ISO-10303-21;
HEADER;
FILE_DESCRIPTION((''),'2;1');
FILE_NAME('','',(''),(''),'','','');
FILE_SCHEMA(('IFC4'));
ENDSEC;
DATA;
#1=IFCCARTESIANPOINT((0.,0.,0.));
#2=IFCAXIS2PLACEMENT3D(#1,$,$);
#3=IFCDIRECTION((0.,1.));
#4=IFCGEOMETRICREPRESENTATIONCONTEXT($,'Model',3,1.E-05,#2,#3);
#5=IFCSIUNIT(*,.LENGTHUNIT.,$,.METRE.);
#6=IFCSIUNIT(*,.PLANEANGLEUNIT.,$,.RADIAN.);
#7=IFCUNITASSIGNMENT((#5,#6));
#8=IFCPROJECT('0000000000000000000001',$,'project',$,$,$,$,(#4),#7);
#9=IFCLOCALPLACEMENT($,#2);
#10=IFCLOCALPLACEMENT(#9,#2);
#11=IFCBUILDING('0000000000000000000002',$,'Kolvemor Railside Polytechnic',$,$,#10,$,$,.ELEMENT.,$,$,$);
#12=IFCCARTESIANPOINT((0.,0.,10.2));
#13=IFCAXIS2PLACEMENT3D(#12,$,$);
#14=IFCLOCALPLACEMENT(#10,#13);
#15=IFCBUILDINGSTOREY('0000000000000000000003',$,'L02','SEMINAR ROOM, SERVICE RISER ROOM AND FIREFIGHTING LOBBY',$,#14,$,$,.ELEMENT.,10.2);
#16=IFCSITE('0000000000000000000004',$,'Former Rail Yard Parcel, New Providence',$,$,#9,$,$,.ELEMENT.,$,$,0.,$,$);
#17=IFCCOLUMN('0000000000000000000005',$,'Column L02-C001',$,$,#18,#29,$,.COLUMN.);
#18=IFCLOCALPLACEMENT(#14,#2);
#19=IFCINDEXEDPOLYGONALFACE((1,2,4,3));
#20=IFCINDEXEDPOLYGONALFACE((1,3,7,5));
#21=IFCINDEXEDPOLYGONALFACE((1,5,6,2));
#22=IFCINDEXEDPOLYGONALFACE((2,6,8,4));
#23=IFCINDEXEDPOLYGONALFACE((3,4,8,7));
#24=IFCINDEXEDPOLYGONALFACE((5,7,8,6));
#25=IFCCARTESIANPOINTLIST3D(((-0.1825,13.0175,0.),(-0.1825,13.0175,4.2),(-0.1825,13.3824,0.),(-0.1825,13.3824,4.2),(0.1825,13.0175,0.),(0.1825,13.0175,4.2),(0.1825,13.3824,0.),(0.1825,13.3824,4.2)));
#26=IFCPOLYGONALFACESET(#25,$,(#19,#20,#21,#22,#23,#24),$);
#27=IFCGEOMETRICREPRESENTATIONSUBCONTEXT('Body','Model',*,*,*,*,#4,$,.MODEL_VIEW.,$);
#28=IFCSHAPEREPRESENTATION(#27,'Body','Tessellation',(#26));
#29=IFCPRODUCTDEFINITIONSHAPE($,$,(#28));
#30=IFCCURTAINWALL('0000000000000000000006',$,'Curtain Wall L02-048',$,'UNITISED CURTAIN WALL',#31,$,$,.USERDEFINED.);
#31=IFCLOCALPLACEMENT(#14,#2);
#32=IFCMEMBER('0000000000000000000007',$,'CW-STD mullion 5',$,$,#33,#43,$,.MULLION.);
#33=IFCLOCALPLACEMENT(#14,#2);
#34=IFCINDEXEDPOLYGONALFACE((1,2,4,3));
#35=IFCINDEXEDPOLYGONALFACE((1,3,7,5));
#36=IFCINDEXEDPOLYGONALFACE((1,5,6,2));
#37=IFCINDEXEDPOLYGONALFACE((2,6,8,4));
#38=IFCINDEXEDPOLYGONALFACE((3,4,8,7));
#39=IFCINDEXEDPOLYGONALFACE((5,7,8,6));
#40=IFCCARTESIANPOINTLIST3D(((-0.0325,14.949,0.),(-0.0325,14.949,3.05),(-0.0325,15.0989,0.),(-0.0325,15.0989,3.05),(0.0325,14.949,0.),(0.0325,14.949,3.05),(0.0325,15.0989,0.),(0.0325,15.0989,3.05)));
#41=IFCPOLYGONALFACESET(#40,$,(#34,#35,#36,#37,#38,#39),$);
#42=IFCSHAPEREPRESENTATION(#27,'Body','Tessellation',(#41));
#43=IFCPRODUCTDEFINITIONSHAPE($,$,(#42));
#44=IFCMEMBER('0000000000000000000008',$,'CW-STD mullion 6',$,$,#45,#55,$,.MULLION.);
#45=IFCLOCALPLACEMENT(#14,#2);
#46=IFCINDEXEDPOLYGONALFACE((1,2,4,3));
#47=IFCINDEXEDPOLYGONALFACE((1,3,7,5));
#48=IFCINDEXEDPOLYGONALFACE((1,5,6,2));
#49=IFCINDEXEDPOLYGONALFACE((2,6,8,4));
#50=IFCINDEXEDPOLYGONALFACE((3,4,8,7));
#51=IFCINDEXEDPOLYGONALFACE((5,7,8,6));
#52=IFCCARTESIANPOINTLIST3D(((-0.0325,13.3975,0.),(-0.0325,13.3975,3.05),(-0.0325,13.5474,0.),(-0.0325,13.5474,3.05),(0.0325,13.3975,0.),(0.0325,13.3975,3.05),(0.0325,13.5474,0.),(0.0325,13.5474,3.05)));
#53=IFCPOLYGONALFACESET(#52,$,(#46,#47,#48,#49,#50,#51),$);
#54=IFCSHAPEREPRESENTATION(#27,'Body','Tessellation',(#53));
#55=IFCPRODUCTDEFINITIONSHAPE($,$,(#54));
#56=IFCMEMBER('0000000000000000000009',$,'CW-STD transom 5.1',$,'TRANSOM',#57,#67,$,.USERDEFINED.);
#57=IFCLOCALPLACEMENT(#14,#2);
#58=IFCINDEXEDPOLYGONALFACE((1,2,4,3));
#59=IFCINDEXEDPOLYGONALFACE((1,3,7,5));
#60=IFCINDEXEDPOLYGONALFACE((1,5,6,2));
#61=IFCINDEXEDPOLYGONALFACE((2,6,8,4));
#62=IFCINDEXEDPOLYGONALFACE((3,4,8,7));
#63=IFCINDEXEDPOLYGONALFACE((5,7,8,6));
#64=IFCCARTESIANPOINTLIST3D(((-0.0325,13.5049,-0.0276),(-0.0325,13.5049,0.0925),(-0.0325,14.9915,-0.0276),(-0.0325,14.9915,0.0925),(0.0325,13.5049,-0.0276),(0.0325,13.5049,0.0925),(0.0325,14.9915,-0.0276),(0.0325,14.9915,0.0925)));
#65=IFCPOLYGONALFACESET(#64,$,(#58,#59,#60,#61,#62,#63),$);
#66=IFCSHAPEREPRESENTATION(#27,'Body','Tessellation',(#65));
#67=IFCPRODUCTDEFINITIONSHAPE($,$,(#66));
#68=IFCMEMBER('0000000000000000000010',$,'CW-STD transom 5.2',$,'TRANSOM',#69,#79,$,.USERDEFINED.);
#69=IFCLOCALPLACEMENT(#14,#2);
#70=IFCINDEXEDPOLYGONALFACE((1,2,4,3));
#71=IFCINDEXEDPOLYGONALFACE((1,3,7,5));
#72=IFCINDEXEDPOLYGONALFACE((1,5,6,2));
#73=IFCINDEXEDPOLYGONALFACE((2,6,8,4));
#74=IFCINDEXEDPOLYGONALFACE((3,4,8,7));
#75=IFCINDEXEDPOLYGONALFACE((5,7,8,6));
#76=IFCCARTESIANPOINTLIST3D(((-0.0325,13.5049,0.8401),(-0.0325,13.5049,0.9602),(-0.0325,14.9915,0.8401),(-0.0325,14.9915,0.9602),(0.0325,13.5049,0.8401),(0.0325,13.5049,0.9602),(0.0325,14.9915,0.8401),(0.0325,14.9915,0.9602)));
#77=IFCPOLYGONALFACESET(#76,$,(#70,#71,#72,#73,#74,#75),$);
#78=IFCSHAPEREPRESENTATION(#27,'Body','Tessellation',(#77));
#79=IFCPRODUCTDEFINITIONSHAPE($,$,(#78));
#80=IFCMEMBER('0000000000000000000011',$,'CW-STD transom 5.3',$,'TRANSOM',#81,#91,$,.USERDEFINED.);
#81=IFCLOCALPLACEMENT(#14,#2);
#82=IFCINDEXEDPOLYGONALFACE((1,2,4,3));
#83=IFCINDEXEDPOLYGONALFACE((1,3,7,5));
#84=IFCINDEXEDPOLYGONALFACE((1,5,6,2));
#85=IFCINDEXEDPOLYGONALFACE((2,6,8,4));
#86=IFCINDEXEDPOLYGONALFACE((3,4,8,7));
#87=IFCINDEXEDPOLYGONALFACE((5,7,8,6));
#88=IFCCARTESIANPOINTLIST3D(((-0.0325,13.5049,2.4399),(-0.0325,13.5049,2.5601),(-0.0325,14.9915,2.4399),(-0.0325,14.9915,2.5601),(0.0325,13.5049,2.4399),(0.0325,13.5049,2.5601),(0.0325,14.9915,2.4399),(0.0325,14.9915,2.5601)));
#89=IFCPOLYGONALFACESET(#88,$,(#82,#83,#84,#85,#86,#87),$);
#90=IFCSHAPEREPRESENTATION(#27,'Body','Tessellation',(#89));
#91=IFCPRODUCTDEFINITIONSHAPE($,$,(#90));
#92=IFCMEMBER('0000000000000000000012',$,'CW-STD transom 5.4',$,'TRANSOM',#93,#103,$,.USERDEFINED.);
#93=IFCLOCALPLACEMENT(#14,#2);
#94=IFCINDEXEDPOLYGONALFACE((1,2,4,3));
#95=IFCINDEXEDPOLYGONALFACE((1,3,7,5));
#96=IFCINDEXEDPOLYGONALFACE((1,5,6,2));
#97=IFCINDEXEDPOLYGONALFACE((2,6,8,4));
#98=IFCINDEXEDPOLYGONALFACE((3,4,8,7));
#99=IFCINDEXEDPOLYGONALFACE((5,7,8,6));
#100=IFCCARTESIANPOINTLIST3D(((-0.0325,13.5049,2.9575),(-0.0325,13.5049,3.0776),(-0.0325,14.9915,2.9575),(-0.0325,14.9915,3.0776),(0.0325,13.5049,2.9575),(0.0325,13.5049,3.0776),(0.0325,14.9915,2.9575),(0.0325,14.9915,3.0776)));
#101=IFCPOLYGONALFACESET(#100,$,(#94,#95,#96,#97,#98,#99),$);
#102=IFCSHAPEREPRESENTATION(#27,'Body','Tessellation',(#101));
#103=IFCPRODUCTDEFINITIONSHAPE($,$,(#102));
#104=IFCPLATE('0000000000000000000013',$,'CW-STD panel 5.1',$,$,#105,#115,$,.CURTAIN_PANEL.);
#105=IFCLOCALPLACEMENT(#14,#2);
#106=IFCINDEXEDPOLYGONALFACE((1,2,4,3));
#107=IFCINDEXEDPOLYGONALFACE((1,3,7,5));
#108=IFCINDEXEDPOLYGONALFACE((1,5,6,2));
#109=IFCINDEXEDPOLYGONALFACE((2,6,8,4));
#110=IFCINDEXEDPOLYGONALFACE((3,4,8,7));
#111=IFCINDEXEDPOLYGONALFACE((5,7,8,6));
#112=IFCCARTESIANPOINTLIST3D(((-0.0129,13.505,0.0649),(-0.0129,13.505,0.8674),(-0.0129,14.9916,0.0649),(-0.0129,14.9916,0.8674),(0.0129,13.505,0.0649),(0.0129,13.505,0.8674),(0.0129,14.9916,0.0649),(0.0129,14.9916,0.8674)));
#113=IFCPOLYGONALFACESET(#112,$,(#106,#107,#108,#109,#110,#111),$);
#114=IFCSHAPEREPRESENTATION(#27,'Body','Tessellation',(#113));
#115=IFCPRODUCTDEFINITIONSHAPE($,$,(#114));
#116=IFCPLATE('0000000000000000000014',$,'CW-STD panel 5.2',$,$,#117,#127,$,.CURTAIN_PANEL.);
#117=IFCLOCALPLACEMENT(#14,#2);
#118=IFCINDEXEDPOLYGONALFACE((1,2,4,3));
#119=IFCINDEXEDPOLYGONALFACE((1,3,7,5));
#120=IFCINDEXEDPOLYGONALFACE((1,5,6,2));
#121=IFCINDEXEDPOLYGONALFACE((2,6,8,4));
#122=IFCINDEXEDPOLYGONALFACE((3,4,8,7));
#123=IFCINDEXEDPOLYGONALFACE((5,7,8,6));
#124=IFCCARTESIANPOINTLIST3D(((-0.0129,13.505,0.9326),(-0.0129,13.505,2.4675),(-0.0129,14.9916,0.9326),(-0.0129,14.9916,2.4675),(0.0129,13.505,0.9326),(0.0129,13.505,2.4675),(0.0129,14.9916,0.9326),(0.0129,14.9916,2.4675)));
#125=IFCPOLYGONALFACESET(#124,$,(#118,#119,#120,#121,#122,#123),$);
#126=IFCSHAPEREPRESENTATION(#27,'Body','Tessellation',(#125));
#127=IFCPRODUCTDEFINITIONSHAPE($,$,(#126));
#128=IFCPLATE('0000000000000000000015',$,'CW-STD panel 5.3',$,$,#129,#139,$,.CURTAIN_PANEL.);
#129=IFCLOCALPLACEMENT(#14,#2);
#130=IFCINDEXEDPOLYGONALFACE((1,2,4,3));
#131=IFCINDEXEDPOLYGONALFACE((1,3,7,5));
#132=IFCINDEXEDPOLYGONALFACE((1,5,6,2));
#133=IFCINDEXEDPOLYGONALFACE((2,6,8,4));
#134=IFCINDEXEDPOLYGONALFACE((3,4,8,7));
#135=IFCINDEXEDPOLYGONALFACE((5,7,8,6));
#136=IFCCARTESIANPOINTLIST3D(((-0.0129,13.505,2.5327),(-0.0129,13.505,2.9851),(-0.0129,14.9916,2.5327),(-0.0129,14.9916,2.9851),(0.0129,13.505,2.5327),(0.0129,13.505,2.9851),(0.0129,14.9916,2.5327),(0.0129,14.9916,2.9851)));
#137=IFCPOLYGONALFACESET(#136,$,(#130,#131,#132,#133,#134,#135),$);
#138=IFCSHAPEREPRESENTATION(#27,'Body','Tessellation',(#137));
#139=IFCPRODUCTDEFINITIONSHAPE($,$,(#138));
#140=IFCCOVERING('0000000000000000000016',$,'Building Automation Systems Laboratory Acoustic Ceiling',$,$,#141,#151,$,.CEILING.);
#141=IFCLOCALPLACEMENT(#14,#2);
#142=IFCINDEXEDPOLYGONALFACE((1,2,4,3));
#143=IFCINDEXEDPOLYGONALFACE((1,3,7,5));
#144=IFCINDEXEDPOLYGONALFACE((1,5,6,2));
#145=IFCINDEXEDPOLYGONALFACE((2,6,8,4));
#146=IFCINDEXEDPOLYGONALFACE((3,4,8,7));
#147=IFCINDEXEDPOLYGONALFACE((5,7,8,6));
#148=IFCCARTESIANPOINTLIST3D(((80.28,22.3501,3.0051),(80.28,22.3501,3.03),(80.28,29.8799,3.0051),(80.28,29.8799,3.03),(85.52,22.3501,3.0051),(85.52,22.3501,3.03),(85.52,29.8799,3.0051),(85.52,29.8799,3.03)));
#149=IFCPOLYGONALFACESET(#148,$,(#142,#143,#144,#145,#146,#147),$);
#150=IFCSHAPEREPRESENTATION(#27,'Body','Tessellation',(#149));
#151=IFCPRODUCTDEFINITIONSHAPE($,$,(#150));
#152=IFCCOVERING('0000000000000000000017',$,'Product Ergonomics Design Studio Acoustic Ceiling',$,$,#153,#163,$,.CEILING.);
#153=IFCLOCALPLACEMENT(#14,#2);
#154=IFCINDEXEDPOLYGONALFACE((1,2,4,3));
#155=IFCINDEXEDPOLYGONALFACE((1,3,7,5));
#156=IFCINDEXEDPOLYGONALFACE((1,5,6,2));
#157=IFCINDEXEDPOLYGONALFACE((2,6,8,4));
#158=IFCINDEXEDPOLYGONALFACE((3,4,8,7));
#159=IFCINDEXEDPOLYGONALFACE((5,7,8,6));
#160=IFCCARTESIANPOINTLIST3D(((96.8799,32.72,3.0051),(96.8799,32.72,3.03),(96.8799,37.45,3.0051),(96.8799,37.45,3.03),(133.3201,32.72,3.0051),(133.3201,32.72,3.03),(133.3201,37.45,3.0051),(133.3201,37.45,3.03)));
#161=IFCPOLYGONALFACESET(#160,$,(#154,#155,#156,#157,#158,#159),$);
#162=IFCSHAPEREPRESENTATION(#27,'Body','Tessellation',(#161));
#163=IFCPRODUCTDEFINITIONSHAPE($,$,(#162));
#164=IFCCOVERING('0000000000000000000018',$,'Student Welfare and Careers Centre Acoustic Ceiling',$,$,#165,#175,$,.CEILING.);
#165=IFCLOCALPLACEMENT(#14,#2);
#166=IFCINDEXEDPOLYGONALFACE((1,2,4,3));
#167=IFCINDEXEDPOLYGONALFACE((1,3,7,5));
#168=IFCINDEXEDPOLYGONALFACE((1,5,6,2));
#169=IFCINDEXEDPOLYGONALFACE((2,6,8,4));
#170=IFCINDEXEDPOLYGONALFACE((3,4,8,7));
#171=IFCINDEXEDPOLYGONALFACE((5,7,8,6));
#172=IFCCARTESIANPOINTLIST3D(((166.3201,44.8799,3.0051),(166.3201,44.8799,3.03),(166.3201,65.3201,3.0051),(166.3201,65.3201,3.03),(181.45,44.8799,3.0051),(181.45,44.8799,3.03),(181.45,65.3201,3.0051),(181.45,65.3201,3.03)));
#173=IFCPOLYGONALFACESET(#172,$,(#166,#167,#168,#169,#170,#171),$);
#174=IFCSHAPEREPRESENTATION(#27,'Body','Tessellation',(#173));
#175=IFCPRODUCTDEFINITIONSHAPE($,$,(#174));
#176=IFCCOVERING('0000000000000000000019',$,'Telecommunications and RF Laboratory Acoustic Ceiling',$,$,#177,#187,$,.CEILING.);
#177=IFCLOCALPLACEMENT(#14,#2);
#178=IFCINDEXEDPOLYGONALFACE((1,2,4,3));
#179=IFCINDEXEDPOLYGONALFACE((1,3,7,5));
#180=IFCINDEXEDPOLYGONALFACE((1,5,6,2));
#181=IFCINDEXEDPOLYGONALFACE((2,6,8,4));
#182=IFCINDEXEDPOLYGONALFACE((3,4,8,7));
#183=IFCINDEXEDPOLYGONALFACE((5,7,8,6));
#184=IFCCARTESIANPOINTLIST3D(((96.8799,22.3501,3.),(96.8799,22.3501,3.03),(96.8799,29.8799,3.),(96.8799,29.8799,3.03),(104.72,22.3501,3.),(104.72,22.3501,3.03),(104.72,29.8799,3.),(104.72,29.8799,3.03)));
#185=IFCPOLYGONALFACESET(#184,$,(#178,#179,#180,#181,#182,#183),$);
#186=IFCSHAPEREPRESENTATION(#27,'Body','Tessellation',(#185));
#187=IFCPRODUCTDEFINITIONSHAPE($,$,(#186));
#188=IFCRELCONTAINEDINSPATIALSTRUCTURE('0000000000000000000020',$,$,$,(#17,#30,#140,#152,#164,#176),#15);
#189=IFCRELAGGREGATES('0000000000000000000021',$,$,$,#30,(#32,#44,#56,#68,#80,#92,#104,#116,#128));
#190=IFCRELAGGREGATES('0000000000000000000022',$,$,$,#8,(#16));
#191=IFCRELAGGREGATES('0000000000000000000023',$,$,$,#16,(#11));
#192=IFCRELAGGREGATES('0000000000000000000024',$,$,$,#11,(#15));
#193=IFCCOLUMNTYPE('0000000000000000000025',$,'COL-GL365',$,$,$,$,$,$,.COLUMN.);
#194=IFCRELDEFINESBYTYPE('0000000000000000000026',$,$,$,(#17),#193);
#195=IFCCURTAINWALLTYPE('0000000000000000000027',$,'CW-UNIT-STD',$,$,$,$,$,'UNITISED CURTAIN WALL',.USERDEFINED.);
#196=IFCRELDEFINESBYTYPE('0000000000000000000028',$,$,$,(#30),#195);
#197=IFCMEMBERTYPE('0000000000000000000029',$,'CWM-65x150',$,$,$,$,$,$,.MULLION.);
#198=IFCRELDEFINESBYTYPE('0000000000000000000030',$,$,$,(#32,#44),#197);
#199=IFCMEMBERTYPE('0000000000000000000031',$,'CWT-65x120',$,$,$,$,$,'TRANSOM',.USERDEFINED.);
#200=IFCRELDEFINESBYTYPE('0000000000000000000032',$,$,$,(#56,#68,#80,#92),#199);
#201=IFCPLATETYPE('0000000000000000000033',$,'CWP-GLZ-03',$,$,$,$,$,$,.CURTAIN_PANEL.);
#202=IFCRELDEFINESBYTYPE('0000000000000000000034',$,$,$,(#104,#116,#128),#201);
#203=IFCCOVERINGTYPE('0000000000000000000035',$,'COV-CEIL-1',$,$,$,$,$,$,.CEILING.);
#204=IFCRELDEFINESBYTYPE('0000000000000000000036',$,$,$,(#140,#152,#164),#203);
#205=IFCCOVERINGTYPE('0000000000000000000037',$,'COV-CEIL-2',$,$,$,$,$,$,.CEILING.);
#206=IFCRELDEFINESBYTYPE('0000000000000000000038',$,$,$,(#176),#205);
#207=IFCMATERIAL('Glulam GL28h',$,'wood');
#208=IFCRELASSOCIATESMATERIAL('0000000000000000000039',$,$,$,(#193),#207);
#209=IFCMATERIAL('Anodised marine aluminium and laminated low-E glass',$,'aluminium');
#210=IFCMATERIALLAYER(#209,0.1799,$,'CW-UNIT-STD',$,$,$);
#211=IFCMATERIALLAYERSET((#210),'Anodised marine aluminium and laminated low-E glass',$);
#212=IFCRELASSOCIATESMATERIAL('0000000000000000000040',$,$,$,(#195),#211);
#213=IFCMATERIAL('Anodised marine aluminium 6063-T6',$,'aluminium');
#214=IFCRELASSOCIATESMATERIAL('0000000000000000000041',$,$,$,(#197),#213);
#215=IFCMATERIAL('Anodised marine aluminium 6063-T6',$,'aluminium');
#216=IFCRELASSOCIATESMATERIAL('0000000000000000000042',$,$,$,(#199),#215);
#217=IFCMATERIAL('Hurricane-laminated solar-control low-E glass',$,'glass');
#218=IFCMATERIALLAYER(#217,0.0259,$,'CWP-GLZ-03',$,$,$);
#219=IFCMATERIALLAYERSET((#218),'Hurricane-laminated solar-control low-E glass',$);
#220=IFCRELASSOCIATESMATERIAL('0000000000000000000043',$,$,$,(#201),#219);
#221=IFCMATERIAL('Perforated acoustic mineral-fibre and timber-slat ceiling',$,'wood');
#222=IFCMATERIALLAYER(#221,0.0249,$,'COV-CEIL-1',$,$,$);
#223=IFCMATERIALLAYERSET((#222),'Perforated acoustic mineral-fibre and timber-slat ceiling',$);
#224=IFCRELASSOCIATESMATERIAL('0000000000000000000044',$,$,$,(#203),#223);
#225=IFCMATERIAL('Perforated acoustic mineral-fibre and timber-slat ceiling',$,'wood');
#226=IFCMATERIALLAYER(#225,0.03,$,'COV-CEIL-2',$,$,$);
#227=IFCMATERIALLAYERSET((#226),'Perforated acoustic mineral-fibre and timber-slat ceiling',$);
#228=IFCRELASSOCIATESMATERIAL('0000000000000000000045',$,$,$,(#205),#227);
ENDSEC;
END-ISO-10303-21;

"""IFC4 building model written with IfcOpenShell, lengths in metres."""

from ifc_helpers import new_model, si_unit, direction, frame, origin, origin_2d, place, context, subcontext, project, spatial, polyline, rectangle, outline, extrude, material, layer, layer_set, material_profile, profile_set, type_object, element, aggregate, save


model = new_model("IFC4")

# Units and contexts
model_context = context("Model", 3, precision=1e-05, world=origin(), true_north=direction((0.0, 1.0)))
body_context = subcontext(model_context, "Body", "Model", "MODEL_VIEW")
ifc_project = project(units=[si_unit("LENGTHUNIT", "METRE"), si_unit("PLANEANGLEUNIT", "RADIAN")], contexts=[model_context])

# Site, building, storey
site_placement = place(None, origin())
site = spatial("IfcSite", under=ifc_project, at=site_placement, Name="Former Rail Yard Parcel, New Providence", CompositionType="ELEMENT", RefElevation=0.0)
building_placement = place(site_placement, origin())
building = spatial("IfcBuilding", under=site, at=building_placement, Name="Kolvemor Railside Polytechnic", CompositionType="ELEMENT")
storey_placement = place(building_placement, frame((0.0, 0.0, 10.2)))
storey = spatial("IfcBuildingStorey", under=building, at=storey_placement, Name="L02", Description="SEMINAR ROOM, SERVICE RISER ROOM AND FIREFIGHTING LOBBY", CompositionType="ELEMENT", Elevation=10.2)

# Column
ifc_material_1 = material(Name="Glulam GL28h", Category="wood")
ifc_material_profile_1 = material_profile(ifc_material_1, rectangle(XDim=0.365, YDim=0.365, at=origin_2d()), Name="GL365x365")
ifc_profile_set_1 = profile_set([ifc_material_profile_1], Name="Glulam GL28h")
column_type = type_object("IfcColumnType", Name="COL-GL365", PredefinedType="COLUMN", material=ifc_profile_set_1)
column_placement = place(storey_placement, frame((0.0, 13.2, 0.0), z_axis=(0.0, 0.0, 1.0), x_axis=(1.0, 0.0, 0.0)))
element("IfcColumn", 1, at=column_placement, inside=storey, type_object=column_type, Name="Column L02-C001", PredefinedType="COLUMN", context=body_context, shape_type="SweptSolid", body=[
    extrude(rectangle(XDim=0.365, YDim=0.365, at=origin_2d()), origin(), (0.0, 0.0, 1.0), 4.2),
])

# Curtain wall, members, plates
ifc_material_2 = material(Name="Anodised marine aluminium and laminated low-E glass", Category="aluminium")
ifc_layer_1 = layer(ifc_material_2, 0.1799, Name="CW-UNIT-STD")
ifc_layer_set_1 = layer_set([ifc_layer_1], Name="Anodised marine aluminium and laminated low-E glass")
curtain_wall_type = type_object("IfcCurtainWallType", Name="CW-UNIT-STD", ElementType="UNITISED CURTAIN WALL", PredefinedType="USERDEFINED", material=ifc_layer_set_1)
curtain_wall_placement = place(storey_placement, origin())
curtain_wall = element("IfcCurtainWall", 2, at=curtain_wall_placement, inside=storey, type_object=curtain_wall_type, Name="Curtain Wall L02-048", ObjectType="UNITISED CURTAIN WALL", PredefinedType="USERDEFINED")
ifc_material_3 = material(Name="Anodised marine aluminium 6063-T6", Category="aluminium")
ifc_material_profile_2 = material_profile(ifc_material_3, rectangle(XDim=0.0649, YDim=0.1499, at=origin_2d()), Name="CW-MUL-65x150")
ifc_profile_set_2 = profile_set([ifc_material_profile_2], Name="Anodised marine aluminium 6063-T6")
member_type_1 = type_object("IfcMemberType", Name="CWM-65x150", PredefinedType="MULLION", material=ifc_profile_set_2)
member_1_placement = place(storey_placement, frame((0.0, 15.0239, 0.0), z_axis=(0.0, 0.0, 1.0), x_axis=(1.0, 0.0, 0.0)))
member_1 = element("IfcMember", 3, at=member_1_placement, type_object=member_type_1, Name="CW-STD mullion 5", PredefinedType="MULLION", context=body_context, shape_type="SweptSolid", body=[
    extrude(rectangle(XDim=0.0649, YDim=0.1499, at=origin_2d()), origin(), (0.0, 0.0, 1.0), 3.05),
])
member_2_placement = place(storey_placement, frame((0.0, 13.4724, 0.0), z_axis=(0.0, 0.0, 1.0), x_axis=(1.0, 0.0, 0.0)))
member_2 = element("IfcMember", 4, at=member_2_placement, type_object=member_type_1, Name="CW-STD mullion 6", PredefinedType="MULLION", context=body_context, shape_type="SweptSolid", body=[
    extrude(rectangle(XDim=0.0649, YDim=0.1499, at=origin_2d()), origin(), (0.0, 0.0, 1.0), 3.05),
])
ifc_material_4 = material(Name="Anodised marine aluminium 6063-T6", Category="aluminium")
ifc_material_profile_3 = material_profile(ifc_material_4, rectangle(XDim=0.0649, YDim=0.1201, at=origin_2d()), Name="CW-TRN-65x120")
ifc_profile_set_3 = profile_set([ifc_material_profile_3], Name="Anodised marine aluminium 6063-T6")
member_type_2 = type_object("IfcMemberType", Name="CWT-65x120", ElementType="TRANSOM", PredefinedType="USERDEFINED", material=ifc_profile_set_3)
member_3_placement = place(storey_placement, frame((0.0, 14.9915, 0.0325), z_axis=(0.0, -1.0, 0.0), x_axis=(1.0, 0.0, 0.0)))
member_3 = element("IfcMember", 5, at=member_3_placement, type_object=member_type_2, Name="CW-STD transom 5.1", ObjectType="TRANSOM", PredefinedType="USERDEFINED", context=body_context, shape_type="SweptSolid", body=[
    extrude(rectangle(XDim=0.0649, YDim=0.1201, at=origin_2d()), origin(), (0.0, 0.0, 1.0), 1.4866),
])
member_4_placement = place(storey_placement, frame((0.0, 14.9915, 0.9001), z_axis=(0.0, -1.0, 0.0), x_axis=(1.0, 0.0, 0.0)))
member_4 = element("IfcMember", 6, at=member_4_placement, type_object=member_type_2, Name="CW-STD transom 5.2", ObjectType="TRANSOM", PredefinedType="USERDEFINED", context=body_context, shape_type="SweptSolid", body=[
    extrude(rectangle(XDim=0.0649, YDim=0.1201, at=origin_2d()), origin(), (0.0, 0.0, 1.0), 1.4866),
])
member_5_placement = place(storey_placement, frame((0.0, 14.9915, 2.5), z_axis=(0.0, -1.0, 0.0), x_axis=(1.0, 0.0, 0.0)))
member_5 = element("IfcMember", 7, at=member_5_placement, type_object=member_type_2, Name="CW-STD transom 5.3", ObjectType="TRANSOM", PredefinedType="USERDEFINED", context=body_context, shape_type="SweptSolid", body=[
    extrude(rectangle(XDim=0.0649, YDim=0.1201, at=origin_2d()), origin(), (0.0, 0.0, 1.0), 1.4866),
])
member_6_placement = place(storey_placement, frame((0.0, 14.9915, 3.0176), z_axis=(0.0, -1.0, 0.0), x_axis=(1.0, 0.0, 0.0)))
member_6 = element("IfcMember", 8, at=member_6_placement, type_object=member_type_2, Name="CW-STD transom 5.4", ObjectType="TRANSOM", PredefinedType="USERDEFINED", context=body_context, shape_type="SweptSolid", body=[
    extrude(rectangle(XDim=0.0649, YDim=0.1201, at=origin_2d()), origin(), (0.0, 0.0, 1.0), 1.4866),
])
ifc_material_5 = material(Name="Hurricane-laminated solar-control low-E glass", Category="glass")
ifc_layer_2 = layer(ifc_material_5, 0.0259, Name="CWP-GLZ-03")
ifc_layer_set_2 = layer_set([ifc_layer_2], Name="Hurricane-laminated solar-control low-E glass")
plate_type = type_object("IfcPlateType", Name="CWP-GLZ-03", PredefinedType="CURTAIN_PANEL", material=ifc_layer_set_2)
plate_1_placement = place(storey_placement, frame((0.0, 14.2483, 0.0649), z_axis=(0.0, 0.0, 1.0), x_axis=(0.0, -1.0, 0.0)))
plate_1 = element("IfcPlate", 9, at=plate_1_placement, type_object=plate_type, Name="CW-STD panel 5.1", PredefinedType="CURTAIN_PANEL", context=body_context, shape_type="SweptSolid", body=[
    extrude(rectangle(XDim=1.4866, YDim=0.0259, at=origin_2d()), origin(), (0.0, 0.0, 1.0), 0.8025),
])
plate_2_placement = place(storey_placement, frame((0.0, 14.2483, 0.9326), z_axis=(0.0, 0.0, 1.0), x_axis=(0.0, -1.0, 0.0)))
plate_2 = element("IfcPlate", 10, at=plate_2_placement, type_object=plate_type, Name="CW-STD panel 5.2", PredefinedType="CURTAIN_PANEL", context=body_context, shape_type="SweptSolid", body=[
    extrude(rectangle(XDim=1.4866, YDim=0.0259, at=origin_2d()), origin(), (0.0, 0.0, 1.0), 1.5349),
])
plate_3_placement = place(storey_placement, frame((0.0, 14.2483, 2.5327), z_axis=(0.0, 0.0, 1.0), x_axis=(0.0, -1.0, 0.0)))
plate_3 = element("IfcPlate", 11, at=plate_3_placement, type_object=plate_type, Name="CW-STD panel 5.3", PredefinedType="CURTAIN_PANEL", context=body_context, shape_type="SweptSolid", body=[
    extrude(rectangle(XDim=1.4866, YDim=0.0259, at=origin_2d()), origin(), (0.0, 0.0, 1.0), 0.4524),
])
aggregate(curtain_wall, [member_1, member_2, member_3, member_4, member_5, member_6, plate_1, plate_2, plate_3])

# Coverings
ifc_material_6 = material(Name="Perforated acoustic mineral-fibre and timber-slat ceiling", Category="wood")
ifc_layer_3 = layer(ifc_material_6, 0.0249, Name="COV-CEIL-1")
ifc_layer_set_3 = layer_set([ifc_layer_3], Name="Perforated acoustic mineral-fibre and timber-slat ceiling")
covering_type_1 = type_object("IfcCoveringType", Name="COV-CEIL-1", PredefinedType="CEILING", material=ifc_layer_set_3)
covering_1_placement = place(storey_placement, frame((0.0, 0.0, 3.0051)))
element("IfcCovering", 12, at=covering_1_placement, inside=storey, type_object=covering_type_1, Name="Building Automation Systems Laboratory Acoustic Ceiling", PredefinedType="CEILING", context=body_context, shape_type="SweptSolid", body=[
    extrude(outline(polyline([(80.28, 22.3501), (85.52, 22.3501), (85.52, 29.8799), (80.28, 29.8799), (80.28, 22.3501)])), origin(), (0.0, 0.0, 1.0), 0.0249),
])
covering_2_placement = place(storey_placement, frame((0.0, 0.0, 3.0051)))
element("IfcCovering", 13, at=covering_2_placement, inside=storey, type_object=covering_type_1, Name="Product Ergonomics Design Studio Acoustic Ceiling", PredefinedType="CEILING", context=body_context, shape_type="SweptSolid", body=[
    extrude(outline(polyline([(96.8799, 32.72), (133.3201, 32.72), (133.3201, 37.45), (96.8799, 37.45), (96.8799, 32.72)])), origin(), (0.0, 0.0, 1.0), 0.0249),
])
covering_3_placement = place(storey_placement, frame((0.0, 0.0, 3.0051)))
element("IfcCovering", 14, at=covering_3_placement, inside=storey, type_object=covering_type_1, Name="Student Welfare and Careers Centre Acoustic Ceiling", PredefinedType="CEILING", context=body_context, shape_type="SweptSolid", body=[
    extrude(outline(polyline([(166.3201, 44.8799), (181.45, 44.8799), (181.45, 65.3201), (166.3201, 65.3201), (166.3201, 44.8799)])), origin(), (0.0, 0.0, 1.0), 0.0249),
])
ifc_material_7 = material(Name="Perforated acoustic mineral-fibre and timber-slat ceiling", Category="wood")
ifc_layer_4 = layer(ifc_material_7, 0.03, Name="COV-CEIL-2")
ifc_layer_set_4 = layer_set([ifc_layer_4], Name="Perforated acoustic mineral-fibre and timber-slat ceiling")
covering_type_2 = type_object("IfcCoveringType", Name="COV-CEIL-2", PredefinedType="CEILING", material=ifc_layer_set_4)
covering_4_placement = place(storey_placement, frame((0.0, 0.0, 3.0)))
element("IfcCovering", 15, at=covering_4_placement, inside=storey, type_object=covering_type_2, Name="Telecommunications and RF Laboratory Acoustic Ceiling", PredefinedType="CEILING", context=body_context, shape_type="SweptSolid", body=[
    extrude(outline(polyline([(96.8799, 22.3501), (104.72, 22.3501), (104.72, 29.8799), (96.8799, 29.8799), (96.8799, 22.3501)])), origin(), (0.0, 0.0, 1.0), 0.03),
])

save(model, "model.ifc")
